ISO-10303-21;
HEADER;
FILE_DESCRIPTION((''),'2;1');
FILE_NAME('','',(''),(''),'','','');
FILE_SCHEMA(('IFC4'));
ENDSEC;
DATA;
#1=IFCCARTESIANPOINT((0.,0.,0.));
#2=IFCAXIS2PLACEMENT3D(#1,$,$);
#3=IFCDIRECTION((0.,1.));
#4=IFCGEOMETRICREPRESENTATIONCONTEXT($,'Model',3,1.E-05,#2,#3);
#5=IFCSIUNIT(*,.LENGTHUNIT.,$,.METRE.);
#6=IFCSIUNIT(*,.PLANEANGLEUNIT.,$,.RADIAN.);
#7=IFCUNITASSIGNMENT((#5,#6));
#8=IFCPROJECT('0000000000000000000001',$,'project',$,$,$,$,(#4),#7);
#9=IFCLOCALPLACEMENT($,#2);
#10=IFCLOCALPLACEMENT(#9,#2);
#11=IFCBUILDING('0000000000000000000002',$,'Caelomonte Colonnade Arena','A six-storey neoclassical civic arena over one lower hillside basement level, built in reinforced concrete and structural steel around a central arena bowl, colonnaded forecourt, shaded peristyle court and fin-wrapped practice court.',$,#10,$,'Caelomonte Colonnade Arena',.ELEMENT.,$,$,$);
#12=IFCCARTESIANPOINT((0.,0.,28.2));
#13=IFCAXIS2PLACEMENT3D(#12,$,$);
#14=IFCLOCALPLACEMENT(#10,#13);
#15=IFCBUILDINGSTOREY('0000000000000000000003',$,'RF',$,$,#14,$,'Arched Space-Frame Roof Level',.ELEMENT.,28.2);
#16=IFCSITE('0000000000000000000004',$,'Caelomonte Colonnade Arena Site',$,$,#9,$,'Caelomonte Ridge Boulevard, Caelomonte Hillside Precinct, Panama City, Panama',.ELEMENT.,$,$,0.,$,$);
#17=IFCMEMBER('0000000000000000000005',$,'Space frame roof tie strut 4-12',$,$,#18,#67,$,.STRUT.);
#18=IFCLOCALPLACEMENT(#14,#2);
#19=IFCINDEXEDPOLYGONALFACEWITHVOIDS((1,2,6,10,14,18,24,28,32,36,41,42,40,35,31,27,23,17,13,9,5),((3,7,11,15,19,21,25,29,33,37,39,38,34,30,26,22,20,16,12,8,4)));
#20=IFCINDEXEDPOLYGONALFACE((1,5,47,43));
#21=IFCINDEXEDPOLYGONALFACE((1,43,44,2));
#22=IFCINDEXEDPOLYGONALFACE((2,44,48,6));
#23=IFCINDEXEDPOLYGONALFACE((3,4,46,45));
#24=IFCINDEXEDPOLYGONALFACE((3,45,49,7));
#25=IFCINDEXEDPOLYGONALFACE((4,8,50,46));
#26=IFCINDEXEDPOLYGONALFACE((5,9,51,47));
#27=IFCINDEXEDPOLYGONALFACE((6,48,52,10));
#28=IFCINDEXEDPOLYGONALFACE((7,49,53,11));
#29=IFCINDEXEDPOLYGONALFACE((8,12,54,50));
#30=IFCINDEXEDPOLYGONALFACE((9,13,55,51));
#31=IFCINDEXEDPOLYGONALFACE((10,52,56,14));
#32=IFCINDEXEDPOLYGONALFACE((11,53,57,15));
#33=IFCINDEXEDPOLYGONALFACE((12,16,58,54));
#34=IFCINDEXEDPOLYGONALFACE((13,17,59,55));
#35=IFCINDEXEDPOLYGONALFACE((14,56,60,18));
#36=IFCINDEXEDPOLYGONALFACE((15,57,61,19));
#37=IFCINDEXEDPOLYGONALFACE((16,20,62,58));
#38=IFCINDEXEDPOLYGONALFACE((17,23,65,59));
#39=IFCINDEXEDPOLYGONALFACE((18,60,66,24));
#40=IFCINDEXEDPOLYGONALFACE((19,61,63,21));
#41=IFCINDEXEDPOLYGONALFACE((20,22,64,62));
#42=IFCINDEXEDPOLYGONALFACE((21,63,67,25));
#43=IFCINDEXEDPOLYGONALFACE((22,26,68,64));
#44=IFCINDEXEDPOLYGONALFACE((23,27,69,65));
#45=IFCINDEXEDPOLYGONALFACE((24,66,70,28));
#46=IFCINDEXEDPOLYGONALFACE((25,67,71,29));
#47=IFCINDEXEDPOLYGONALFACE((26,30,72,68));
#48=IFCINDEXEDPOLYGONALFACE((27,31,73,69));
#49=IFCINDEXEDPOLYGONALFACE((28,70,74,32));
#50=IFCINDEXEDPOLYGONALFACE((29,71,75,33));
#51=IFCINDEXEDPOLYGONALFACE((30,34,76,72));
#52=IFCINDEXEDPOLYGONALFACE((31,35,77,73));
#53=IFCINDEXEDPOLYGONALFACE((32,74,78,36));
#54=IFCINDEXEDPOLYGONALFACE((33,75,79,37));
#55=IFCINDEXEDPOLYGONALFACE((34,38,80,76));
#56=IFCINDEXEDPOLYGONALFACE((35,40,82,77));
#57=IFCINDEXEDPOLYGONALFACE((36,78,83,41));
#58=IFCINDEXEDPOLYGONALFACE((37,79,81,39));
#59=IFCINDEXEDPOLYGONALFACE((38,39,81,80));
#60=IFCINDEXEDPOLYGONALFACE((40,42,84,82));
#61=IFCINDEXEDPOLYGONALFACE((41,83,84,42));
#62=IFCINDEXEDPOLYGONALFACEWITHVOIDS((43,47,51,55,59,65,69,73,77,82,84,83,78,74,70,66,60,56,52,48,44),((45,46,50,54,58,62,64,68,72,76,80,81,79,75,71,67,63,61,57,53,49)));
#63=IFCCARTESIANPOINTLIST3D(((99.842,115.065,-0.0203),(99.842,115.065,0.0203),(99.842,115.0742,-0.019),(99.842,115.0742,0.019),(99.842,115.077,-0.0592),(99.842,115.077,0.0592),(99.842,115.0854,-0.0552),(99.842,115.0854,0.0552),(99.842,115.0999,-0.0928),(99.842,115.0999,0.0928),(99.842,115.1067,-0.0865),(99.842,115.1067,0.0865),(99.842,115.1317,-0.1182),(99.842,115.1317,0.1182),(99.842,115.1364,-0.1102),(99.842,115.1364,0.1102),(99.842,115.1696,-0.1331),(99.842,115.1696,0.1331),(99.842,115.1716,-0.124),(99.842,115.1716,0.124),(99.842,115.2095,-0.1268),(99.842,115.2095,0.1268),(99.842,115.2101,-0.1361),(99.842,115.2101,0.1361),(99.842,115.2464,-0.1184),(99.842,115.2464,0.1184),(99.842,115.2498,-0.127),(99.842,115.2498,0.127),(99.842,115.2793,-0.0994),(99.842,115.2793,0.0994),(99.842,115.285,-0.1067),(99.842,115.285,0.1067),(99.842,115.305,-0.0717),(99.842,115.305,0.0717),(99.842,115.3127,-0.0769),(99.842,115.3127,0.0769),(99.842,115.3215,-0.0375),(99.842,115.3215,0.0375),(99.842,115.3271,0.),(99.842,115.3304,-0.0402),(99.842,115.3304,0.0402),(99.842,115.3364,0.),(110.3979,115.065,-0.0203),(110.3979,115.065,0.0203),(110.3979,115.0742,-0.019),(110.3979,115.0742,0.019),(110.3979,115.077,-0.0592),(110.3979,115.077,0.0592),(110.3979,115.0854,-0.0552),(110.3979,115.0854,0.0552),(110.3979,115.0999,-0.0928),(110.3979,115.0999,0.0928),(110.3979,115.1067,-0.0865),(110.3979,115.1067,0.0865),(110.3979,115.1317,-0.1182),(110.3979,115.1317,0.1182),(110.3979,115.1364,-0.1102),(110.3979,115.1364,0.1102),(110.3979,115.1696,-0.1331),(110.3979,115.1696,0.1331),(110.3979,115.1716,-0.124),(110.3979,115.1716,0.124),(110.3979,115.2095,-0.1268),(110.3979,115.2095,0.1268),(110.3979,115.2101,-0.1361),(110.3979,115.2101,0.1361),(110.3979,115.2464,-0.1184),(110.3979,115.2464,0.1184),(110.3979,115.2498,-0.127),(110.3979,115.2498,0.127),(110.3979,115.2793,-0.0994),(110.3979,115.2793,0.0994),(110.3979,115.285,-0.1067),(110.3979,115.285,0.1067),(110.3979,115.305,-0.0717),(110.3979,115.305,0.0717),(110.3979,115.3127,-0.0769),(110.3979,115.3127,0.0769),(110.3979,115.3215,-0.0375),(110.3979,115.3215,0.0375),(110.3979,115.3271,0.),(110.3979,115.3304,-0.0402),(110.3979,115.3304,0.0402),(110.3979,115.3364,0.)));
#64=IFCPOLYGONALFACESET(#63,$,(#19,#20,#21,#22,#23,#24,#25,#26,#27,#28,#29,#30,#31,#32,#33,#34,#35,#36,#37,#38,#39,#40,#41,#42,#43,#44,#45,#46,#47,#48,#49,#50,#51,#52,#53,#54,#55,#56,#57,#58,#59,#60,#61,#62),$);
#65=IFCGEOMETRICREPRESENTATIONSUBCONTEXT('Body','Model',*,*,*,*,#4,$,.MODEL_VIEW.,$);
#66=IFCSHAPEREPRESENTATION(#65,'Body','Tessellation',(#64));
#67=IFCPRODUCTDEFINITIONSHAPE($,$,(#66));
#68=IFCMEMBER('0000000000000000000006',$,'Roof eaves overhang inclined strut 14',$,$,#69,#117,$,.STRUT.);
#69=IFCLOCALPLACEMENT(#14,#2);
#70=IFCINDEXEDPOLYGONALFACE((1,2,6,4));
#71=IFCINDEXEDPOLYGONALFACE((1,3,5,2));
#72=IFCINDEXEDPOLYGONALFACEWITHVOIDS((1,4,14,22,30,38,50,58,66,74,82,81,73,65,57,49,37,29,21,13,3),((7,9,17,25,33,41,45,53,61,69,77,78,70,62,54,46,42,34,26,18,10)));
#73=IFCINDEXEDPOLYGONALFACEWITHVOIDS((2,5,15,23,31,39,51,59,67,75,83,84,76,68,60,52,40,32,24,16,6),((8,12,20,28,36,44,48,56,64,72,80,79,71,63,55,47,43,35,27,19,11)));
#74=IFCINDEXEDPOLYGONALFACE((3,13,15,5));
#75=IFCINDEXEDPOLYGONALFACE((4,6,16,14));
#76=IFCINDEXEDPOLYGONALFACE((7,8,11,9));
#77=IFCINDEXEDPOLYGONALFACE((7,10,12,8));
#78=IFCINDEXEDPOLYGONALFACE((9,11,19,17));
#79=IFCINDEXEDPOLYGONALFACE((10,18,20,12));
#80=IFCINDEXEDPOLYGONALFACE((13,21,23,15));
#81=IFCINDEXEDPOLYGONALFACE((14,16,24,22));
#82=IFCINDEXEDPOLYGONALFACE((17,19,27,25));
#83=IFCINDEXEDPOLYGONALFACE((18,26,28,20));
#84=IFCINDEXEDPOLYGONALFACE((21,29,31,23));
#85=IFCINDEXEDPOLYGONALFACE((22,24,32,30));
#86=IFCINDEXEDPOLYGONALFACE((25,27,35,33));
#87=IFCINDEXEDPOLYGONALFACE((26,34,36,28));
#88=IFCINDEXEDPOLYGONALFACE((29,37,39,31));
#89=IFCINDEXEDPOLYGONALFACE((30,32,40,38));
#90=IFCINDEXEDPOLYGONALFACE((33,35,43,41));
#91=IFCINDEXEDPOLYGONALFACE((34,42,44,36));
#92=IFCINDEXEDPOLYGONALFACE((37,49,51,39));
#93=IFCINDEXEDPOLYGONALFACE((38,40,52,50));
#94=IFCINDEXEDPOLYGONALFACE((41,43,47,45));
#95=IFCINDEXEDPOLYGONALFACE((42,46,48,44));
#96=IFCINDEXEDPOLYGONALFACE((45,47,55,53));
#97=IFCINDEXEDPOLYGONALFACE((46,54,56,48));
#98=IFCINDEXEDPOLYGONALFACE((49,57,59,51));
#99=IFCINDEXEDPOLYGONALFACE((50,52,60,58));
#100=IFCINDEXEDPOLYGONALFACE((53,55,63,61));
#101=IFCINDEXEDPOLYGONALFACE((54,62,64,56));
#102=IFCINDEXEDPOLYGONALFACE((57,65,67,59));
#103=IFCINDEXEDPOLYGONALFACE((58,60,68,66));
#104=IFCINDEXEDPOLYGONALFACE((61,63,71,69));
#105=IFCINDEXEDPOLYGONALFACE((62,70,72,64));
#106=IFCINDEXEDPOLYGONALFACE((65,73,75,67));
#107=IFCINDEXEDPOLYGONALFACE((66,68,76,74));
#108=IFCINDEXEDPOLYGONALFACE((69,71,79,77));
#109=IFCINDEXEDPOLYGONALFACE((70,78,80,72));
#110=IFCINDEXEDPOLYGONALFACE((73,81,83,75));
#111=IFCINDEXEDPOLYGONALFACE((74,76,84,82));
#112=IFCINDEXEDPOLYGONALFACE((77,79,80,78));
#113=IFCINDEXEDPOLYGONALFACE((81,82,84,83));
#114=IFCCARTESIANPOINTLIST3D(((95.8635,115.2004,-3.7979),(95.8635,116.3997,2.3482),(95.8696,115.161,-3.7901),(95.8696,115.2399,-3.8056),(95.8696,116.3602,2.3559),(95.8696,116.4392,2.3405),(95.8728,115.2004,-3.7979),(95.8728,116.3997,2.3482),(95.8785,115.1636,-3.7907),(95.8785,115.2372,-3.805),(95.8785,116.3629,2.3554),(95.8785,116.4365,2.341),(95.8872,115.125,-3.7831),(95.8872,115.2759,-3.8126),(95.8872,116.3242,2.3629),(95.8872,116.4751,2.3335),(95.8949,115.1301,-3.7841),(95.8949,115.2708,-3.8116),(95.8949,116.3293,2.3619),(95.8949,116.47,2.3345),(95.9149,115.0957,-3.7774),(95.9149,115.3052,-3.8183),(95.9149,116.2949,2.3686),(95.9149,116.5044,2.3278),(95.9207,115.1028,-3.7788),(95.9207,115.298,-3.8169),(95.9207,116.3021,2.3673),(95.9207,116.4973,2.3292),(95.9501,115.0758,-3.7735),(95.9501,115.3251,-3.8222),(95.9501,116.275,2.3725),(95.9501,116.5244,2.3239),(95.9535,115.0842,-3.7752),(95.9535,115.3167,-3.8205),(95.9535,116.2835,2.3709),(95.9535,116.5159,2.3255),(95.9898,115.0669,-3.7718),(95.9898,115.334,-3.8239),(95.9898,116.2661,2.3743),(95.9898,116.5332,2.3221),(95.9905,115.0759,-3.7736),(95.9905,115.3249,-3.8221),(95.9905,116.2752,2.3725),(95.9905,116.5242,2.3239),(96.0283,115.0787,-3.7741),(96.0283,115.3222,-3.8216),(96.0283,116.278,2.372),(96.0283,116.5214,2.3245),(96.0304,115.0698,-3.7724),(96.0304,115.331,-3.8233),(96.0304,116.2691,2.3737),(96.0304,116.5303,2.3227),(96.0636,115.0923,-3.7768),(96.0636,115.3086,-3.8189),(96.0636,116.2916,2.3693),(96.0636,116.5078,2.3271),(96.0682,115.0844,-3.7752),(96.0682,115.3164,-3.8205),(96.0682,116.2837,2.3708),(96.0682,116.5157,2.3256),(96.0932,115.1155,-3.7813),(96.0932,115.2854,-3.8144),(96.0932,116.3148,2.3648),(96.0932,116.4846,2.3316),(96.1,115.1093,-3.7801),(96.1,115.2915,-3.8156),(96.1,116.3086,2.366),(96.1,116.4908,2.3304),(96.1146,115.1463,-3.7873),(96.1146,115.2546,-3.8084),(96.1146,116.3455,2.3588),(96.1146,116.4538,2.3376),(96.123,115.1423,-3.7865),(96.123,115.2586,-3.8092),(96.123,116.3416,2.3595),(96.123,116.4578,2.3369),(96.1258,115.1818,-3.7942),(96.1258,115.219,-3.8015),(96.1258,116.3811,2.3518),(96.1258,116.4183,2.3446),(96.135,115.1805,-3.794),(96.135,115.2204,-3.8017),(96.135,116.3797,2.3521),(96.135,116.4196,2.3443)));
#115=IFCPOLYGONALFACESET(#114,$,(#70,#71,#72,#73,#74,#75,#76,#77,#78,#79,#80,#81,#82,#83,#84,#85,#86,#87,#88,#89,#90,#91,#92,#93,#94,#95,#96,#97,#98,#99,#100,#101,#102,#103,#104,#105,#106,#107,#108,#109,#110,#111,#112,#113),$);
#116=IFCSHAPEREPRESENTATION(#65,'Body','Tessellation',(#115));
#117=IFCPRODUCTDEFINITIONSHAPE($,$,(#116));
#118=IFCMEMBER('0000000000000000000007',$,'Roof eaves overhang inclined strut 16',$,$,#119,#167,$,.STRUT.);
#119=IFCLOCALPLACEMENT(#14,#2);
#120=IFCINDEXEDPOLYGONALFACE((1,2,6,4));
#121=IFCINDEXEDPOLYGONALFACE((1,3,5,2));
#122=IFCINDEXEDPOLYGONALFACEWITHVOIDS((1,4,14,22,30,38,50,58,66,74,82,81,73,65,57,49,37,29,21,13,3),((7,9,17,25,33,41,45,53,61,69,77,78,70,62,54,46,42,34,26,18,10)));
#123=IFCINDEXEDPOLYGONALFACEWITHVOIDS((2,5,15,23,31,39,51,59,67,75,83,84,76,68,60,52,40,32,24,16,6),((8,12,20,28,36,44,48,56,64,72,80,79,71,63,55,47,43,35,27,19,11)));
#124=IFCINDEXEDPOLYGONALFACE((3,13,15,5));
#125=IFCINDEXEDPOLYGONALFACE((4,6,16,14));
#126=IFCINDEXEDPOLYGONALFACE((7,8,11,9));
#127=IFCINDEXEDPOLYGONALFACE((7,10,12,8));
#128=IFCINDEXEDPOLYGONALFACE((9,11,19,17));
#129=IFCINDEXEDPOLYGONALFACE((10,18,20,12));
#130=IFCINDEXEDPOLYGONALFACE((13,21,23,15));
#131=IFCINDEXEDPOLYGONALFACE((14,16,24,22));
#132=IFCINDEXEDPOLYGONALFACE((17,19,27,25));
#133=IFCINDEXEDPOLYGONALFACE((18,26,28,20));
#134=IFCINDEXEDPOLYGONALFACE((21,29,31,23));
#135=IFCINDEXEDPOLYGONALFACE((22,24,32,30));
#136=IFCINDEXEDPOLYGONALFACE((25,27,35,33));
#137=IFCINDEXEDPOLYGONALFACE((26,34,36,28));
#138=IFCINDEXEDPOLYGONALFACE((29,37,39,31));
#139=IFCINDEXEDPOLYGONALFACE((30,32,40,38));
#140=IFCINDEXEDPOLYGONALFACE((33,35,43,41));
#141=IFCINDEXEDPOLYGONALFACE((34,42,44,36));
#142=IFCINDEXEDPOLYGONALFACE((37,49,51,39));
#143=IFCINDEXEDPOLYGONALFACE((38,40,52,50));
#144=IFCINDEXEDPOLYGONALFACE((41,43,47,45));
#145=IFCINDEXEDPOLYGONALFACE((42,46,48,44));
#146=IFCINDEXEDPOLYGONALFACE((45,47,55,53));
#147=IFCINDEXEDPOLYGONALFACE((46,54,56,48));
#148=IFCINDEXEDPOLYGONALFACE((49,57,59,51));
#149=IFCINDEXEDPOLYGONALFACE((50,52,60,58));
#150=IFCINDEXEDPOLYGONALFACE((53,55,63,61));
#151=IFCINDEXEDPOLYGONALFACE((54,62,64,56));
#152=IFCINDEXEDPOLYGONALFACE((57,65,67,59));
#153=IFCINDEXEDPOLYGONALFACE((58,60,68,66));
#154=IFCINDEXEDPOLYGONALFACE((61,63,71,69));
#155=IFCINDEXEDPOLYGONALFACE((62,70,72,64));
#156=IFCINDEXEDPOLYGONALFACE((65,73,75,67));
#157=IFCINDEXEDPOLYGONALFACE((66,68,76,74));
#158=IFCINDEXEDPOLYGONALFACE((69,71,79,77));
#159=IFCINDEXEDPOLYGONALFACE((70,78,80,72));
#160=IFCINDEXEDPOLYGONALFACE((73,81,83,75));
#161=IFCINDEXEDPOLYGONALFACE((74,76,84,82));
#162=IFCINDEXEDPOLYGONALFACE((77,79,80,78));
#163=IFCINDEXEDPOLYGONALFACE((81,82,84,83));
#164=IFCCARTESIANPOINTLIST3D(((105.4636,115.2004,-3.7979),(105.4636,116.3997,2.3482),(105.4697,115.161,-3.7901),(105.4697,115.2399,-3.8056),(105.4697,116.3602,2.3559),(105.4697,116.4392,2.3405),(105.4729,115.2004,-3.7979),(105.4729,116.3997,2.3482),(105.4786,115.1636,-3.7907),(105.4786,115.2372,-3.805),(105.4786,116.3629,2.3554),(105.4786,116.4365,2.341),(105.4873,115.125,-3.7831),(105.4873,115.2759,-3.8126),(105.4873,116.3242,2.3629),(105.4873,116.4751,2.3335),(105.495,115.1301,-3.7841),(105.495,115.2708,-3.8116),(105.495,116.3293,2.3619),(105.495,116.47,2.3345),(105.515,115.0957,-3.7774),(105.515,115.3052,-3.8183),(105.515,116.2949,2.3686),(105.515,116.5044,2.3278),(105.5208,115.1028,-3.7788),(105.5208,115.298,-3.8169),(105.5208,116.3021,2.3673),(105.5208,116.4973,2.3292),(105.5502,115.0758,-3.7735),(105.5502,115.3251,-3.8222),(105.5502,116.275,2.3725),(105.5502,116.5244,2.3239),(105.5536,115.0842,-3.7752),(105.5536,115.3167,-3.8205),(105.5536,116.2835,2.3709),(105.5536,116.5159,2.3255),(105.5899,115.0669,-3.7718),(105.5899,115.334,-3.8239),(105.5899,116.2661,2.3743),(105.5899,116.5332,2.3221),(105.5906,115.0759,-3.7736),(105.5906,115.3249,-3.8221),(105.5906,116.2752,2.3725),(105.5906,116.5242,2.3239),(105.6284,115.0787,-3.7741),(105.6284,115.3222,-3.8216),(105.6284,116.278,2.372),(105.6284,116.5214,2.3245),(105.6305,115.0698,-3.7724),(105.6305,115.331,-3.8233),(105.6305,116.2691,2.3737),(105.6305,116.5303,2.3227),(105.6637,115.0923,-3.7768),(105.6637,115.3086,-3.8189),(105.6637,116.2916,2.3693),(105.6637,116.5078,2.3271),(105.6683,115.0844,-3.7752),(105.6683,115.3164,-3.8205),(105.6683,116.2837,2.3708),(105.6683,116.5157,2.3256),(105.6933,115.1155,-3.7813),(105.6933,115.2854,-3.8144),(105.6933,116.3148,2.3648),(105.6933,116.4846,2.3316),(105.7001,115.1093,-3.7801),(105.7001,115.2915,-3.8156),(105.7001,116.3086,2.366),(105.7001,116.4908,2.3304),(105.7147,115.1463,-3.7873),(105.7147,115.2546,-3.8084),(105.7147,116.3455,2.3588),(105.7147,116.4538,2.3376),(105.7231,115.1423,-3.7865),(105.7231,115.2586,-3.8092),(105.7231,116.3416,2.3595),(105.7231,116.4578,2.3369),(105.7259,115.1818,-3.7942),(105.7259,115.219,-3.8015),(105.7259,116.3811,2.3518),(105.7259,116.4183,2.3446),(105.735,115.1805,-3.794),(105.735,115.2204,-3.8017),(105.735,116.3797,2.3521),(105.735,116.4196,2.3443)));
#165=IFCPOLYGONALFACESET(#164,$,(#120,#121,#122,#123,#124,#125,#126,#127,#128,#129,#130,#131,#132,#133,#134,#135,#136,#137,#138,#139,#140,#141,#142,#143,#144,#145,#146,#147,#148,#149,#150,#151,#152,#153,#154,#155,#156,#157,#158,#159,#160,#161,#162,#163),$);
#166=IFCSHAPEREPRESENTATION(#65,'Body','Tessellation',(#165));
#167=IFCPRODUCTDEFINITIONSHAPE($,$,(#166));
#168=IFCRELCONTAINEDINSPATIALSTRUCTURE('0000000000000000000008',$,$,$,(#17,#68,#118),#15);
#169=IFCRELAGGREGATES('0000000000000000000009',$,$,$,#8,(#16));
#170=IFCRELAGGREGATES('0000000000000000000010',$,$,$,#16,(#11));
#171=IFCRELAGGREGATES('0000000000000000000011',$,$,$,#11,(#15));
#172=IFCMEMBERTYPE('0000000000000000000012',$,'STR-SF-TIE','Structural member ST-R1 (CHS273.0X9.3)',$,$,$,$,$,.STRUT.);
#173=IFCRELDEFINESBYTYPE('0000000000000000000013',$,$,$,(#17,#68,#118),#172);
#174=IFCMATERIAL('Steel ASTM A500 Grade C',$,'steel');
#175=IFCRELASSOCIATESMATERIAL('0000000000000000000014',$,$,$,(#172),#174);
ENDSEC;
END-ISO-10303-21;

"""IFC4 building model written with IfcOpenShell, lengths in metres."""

from ifc_helpers import new_model, si_unit, direction, frame, origin, origin_2d, place, context, subcontext, project, spatial, hollow_circle, extrude, material, material_profile, profile_set, type_object, element, save


model = new_model("IFC4")

# Units and contexts
model_context = context("Model", 3, precision=1e-05, world=origin(), true_north=direction((0.0, 1.0)))
body_context = subcontext(model_context, "Body", "Model", "MODEL_VIEW")
ifc_project = project(units=[si_unit("LENGTHUNIT", "METRE"), si_unit("PLANEANGLEUNIT", "RADIAN")], contexts=[model_context])

# Site, building, storey
site_placement = place(None, origin())
site = spatial("IfcSite", under=ifc_project, at=site_placement, Name="Caelomonte Colonnade Arena Site", LongName="Caelomonte Ridge Boulevard, Caelomonte Hillside Precinct, Panama City, Panama", CompositionType="ELEMENT", RefElevation=0.0)
building_placement = place(site_placement, origin())
building = spatial("IfcBuilding", under=site, at=building_placement, Name="Caelomonte Colonnade Arena", Description="A six-storey neoclassical civic arena over one lower hillside basement level, built in reinforced concrete and structural steel around a central arena bowl, colonnaded forecourt, shaded peristyle court and fin-wrapped practice court.", LongName="Caelomonte Colonnade Arena", CompositionType="ELEMENT")
storey_placement = place(building_placement, frame((0.0, 0.0, 28.2)))
storey = spatial("IfcBuildingStorey", under=building, at=storey_placement, Name="RF", LongName="Arched Space-Frame Roof Level", CompositionType="ELEMENT", Elevation=28.2)

# Members
ifc_material_1 = material(Name="Steel ASTM A500 Grade C", Category="steel")
ifc_material_profile_1 = material_profile(ifc_material_1, hollow_circle(Radius=0.1365, WallThickness=0.0093, at=origin_2d()), Name="CHS273.0X9.3")
ifc_profile_set_1 = profile_set([ifc_material_profile_1], Name="Steel ASTM A500 Grade C")
member_type_1 = type_object("IfcMemberType", Name="STR-SF-TIE", Description="Structural member ST-R1 (CHS273.0X9.3)", PredefinedType="STRUT", material=ifc_profile_set_1)
for number, where, z_axis, x_axis, name in (
    (1, (99.842, 115.2, 0.0), (1.0, 0.0, 0.0), (0.0, 1.0, 0.0), "Space frame roof tie strut 4-12"),
):
    element("IfcMember", number, at=place(storey_placement, frame(where, z_axis=z_axis, x_axis=x_axis)), inside=storey, type_object=member_type_1, Name=name, PredefinedType="STRUT", context=body_context, shape_type="SweptSolid", body=[
        extrude(hollow_circle(Radius=0.1365, WallThickness=0.0093, at=origin_2d()), origin(), (0.0, 0.0, 1.0), 10.5559),
    ])
for number, where, z_axis, x_axis, name in (
    (2, (96.0, 115.2004, -3.7979), (0.0, 0.19151, 0.981491), (-1.0, 0.0, 0.0), "Roof eaves overhang inclined strut 14"),
    (3, (105.6001, 115.2004, -3.7979), (0.0, 0.19151, 0.981491), (-1.0, 0.0, 0.0), "Roof eaves overhang inclined strut 16"),
):
    element("IfcMember", number, at=place(storey_placement, frame(where, z_axis=z_axis, x_axis=x_axis)), inside=storey, type_object=member_type_1, Name=name, PredefinedType="STRUT", context=body_context, shape_type="SweptSolid", body=[
        extrude(hollow_circle(Radius=0.1365, WallThickness=0.0093, at=origin_2d()), origin(), (0.0, 0.0, 1.0), 6.262),
    ])

save(model, "model.ifc")
